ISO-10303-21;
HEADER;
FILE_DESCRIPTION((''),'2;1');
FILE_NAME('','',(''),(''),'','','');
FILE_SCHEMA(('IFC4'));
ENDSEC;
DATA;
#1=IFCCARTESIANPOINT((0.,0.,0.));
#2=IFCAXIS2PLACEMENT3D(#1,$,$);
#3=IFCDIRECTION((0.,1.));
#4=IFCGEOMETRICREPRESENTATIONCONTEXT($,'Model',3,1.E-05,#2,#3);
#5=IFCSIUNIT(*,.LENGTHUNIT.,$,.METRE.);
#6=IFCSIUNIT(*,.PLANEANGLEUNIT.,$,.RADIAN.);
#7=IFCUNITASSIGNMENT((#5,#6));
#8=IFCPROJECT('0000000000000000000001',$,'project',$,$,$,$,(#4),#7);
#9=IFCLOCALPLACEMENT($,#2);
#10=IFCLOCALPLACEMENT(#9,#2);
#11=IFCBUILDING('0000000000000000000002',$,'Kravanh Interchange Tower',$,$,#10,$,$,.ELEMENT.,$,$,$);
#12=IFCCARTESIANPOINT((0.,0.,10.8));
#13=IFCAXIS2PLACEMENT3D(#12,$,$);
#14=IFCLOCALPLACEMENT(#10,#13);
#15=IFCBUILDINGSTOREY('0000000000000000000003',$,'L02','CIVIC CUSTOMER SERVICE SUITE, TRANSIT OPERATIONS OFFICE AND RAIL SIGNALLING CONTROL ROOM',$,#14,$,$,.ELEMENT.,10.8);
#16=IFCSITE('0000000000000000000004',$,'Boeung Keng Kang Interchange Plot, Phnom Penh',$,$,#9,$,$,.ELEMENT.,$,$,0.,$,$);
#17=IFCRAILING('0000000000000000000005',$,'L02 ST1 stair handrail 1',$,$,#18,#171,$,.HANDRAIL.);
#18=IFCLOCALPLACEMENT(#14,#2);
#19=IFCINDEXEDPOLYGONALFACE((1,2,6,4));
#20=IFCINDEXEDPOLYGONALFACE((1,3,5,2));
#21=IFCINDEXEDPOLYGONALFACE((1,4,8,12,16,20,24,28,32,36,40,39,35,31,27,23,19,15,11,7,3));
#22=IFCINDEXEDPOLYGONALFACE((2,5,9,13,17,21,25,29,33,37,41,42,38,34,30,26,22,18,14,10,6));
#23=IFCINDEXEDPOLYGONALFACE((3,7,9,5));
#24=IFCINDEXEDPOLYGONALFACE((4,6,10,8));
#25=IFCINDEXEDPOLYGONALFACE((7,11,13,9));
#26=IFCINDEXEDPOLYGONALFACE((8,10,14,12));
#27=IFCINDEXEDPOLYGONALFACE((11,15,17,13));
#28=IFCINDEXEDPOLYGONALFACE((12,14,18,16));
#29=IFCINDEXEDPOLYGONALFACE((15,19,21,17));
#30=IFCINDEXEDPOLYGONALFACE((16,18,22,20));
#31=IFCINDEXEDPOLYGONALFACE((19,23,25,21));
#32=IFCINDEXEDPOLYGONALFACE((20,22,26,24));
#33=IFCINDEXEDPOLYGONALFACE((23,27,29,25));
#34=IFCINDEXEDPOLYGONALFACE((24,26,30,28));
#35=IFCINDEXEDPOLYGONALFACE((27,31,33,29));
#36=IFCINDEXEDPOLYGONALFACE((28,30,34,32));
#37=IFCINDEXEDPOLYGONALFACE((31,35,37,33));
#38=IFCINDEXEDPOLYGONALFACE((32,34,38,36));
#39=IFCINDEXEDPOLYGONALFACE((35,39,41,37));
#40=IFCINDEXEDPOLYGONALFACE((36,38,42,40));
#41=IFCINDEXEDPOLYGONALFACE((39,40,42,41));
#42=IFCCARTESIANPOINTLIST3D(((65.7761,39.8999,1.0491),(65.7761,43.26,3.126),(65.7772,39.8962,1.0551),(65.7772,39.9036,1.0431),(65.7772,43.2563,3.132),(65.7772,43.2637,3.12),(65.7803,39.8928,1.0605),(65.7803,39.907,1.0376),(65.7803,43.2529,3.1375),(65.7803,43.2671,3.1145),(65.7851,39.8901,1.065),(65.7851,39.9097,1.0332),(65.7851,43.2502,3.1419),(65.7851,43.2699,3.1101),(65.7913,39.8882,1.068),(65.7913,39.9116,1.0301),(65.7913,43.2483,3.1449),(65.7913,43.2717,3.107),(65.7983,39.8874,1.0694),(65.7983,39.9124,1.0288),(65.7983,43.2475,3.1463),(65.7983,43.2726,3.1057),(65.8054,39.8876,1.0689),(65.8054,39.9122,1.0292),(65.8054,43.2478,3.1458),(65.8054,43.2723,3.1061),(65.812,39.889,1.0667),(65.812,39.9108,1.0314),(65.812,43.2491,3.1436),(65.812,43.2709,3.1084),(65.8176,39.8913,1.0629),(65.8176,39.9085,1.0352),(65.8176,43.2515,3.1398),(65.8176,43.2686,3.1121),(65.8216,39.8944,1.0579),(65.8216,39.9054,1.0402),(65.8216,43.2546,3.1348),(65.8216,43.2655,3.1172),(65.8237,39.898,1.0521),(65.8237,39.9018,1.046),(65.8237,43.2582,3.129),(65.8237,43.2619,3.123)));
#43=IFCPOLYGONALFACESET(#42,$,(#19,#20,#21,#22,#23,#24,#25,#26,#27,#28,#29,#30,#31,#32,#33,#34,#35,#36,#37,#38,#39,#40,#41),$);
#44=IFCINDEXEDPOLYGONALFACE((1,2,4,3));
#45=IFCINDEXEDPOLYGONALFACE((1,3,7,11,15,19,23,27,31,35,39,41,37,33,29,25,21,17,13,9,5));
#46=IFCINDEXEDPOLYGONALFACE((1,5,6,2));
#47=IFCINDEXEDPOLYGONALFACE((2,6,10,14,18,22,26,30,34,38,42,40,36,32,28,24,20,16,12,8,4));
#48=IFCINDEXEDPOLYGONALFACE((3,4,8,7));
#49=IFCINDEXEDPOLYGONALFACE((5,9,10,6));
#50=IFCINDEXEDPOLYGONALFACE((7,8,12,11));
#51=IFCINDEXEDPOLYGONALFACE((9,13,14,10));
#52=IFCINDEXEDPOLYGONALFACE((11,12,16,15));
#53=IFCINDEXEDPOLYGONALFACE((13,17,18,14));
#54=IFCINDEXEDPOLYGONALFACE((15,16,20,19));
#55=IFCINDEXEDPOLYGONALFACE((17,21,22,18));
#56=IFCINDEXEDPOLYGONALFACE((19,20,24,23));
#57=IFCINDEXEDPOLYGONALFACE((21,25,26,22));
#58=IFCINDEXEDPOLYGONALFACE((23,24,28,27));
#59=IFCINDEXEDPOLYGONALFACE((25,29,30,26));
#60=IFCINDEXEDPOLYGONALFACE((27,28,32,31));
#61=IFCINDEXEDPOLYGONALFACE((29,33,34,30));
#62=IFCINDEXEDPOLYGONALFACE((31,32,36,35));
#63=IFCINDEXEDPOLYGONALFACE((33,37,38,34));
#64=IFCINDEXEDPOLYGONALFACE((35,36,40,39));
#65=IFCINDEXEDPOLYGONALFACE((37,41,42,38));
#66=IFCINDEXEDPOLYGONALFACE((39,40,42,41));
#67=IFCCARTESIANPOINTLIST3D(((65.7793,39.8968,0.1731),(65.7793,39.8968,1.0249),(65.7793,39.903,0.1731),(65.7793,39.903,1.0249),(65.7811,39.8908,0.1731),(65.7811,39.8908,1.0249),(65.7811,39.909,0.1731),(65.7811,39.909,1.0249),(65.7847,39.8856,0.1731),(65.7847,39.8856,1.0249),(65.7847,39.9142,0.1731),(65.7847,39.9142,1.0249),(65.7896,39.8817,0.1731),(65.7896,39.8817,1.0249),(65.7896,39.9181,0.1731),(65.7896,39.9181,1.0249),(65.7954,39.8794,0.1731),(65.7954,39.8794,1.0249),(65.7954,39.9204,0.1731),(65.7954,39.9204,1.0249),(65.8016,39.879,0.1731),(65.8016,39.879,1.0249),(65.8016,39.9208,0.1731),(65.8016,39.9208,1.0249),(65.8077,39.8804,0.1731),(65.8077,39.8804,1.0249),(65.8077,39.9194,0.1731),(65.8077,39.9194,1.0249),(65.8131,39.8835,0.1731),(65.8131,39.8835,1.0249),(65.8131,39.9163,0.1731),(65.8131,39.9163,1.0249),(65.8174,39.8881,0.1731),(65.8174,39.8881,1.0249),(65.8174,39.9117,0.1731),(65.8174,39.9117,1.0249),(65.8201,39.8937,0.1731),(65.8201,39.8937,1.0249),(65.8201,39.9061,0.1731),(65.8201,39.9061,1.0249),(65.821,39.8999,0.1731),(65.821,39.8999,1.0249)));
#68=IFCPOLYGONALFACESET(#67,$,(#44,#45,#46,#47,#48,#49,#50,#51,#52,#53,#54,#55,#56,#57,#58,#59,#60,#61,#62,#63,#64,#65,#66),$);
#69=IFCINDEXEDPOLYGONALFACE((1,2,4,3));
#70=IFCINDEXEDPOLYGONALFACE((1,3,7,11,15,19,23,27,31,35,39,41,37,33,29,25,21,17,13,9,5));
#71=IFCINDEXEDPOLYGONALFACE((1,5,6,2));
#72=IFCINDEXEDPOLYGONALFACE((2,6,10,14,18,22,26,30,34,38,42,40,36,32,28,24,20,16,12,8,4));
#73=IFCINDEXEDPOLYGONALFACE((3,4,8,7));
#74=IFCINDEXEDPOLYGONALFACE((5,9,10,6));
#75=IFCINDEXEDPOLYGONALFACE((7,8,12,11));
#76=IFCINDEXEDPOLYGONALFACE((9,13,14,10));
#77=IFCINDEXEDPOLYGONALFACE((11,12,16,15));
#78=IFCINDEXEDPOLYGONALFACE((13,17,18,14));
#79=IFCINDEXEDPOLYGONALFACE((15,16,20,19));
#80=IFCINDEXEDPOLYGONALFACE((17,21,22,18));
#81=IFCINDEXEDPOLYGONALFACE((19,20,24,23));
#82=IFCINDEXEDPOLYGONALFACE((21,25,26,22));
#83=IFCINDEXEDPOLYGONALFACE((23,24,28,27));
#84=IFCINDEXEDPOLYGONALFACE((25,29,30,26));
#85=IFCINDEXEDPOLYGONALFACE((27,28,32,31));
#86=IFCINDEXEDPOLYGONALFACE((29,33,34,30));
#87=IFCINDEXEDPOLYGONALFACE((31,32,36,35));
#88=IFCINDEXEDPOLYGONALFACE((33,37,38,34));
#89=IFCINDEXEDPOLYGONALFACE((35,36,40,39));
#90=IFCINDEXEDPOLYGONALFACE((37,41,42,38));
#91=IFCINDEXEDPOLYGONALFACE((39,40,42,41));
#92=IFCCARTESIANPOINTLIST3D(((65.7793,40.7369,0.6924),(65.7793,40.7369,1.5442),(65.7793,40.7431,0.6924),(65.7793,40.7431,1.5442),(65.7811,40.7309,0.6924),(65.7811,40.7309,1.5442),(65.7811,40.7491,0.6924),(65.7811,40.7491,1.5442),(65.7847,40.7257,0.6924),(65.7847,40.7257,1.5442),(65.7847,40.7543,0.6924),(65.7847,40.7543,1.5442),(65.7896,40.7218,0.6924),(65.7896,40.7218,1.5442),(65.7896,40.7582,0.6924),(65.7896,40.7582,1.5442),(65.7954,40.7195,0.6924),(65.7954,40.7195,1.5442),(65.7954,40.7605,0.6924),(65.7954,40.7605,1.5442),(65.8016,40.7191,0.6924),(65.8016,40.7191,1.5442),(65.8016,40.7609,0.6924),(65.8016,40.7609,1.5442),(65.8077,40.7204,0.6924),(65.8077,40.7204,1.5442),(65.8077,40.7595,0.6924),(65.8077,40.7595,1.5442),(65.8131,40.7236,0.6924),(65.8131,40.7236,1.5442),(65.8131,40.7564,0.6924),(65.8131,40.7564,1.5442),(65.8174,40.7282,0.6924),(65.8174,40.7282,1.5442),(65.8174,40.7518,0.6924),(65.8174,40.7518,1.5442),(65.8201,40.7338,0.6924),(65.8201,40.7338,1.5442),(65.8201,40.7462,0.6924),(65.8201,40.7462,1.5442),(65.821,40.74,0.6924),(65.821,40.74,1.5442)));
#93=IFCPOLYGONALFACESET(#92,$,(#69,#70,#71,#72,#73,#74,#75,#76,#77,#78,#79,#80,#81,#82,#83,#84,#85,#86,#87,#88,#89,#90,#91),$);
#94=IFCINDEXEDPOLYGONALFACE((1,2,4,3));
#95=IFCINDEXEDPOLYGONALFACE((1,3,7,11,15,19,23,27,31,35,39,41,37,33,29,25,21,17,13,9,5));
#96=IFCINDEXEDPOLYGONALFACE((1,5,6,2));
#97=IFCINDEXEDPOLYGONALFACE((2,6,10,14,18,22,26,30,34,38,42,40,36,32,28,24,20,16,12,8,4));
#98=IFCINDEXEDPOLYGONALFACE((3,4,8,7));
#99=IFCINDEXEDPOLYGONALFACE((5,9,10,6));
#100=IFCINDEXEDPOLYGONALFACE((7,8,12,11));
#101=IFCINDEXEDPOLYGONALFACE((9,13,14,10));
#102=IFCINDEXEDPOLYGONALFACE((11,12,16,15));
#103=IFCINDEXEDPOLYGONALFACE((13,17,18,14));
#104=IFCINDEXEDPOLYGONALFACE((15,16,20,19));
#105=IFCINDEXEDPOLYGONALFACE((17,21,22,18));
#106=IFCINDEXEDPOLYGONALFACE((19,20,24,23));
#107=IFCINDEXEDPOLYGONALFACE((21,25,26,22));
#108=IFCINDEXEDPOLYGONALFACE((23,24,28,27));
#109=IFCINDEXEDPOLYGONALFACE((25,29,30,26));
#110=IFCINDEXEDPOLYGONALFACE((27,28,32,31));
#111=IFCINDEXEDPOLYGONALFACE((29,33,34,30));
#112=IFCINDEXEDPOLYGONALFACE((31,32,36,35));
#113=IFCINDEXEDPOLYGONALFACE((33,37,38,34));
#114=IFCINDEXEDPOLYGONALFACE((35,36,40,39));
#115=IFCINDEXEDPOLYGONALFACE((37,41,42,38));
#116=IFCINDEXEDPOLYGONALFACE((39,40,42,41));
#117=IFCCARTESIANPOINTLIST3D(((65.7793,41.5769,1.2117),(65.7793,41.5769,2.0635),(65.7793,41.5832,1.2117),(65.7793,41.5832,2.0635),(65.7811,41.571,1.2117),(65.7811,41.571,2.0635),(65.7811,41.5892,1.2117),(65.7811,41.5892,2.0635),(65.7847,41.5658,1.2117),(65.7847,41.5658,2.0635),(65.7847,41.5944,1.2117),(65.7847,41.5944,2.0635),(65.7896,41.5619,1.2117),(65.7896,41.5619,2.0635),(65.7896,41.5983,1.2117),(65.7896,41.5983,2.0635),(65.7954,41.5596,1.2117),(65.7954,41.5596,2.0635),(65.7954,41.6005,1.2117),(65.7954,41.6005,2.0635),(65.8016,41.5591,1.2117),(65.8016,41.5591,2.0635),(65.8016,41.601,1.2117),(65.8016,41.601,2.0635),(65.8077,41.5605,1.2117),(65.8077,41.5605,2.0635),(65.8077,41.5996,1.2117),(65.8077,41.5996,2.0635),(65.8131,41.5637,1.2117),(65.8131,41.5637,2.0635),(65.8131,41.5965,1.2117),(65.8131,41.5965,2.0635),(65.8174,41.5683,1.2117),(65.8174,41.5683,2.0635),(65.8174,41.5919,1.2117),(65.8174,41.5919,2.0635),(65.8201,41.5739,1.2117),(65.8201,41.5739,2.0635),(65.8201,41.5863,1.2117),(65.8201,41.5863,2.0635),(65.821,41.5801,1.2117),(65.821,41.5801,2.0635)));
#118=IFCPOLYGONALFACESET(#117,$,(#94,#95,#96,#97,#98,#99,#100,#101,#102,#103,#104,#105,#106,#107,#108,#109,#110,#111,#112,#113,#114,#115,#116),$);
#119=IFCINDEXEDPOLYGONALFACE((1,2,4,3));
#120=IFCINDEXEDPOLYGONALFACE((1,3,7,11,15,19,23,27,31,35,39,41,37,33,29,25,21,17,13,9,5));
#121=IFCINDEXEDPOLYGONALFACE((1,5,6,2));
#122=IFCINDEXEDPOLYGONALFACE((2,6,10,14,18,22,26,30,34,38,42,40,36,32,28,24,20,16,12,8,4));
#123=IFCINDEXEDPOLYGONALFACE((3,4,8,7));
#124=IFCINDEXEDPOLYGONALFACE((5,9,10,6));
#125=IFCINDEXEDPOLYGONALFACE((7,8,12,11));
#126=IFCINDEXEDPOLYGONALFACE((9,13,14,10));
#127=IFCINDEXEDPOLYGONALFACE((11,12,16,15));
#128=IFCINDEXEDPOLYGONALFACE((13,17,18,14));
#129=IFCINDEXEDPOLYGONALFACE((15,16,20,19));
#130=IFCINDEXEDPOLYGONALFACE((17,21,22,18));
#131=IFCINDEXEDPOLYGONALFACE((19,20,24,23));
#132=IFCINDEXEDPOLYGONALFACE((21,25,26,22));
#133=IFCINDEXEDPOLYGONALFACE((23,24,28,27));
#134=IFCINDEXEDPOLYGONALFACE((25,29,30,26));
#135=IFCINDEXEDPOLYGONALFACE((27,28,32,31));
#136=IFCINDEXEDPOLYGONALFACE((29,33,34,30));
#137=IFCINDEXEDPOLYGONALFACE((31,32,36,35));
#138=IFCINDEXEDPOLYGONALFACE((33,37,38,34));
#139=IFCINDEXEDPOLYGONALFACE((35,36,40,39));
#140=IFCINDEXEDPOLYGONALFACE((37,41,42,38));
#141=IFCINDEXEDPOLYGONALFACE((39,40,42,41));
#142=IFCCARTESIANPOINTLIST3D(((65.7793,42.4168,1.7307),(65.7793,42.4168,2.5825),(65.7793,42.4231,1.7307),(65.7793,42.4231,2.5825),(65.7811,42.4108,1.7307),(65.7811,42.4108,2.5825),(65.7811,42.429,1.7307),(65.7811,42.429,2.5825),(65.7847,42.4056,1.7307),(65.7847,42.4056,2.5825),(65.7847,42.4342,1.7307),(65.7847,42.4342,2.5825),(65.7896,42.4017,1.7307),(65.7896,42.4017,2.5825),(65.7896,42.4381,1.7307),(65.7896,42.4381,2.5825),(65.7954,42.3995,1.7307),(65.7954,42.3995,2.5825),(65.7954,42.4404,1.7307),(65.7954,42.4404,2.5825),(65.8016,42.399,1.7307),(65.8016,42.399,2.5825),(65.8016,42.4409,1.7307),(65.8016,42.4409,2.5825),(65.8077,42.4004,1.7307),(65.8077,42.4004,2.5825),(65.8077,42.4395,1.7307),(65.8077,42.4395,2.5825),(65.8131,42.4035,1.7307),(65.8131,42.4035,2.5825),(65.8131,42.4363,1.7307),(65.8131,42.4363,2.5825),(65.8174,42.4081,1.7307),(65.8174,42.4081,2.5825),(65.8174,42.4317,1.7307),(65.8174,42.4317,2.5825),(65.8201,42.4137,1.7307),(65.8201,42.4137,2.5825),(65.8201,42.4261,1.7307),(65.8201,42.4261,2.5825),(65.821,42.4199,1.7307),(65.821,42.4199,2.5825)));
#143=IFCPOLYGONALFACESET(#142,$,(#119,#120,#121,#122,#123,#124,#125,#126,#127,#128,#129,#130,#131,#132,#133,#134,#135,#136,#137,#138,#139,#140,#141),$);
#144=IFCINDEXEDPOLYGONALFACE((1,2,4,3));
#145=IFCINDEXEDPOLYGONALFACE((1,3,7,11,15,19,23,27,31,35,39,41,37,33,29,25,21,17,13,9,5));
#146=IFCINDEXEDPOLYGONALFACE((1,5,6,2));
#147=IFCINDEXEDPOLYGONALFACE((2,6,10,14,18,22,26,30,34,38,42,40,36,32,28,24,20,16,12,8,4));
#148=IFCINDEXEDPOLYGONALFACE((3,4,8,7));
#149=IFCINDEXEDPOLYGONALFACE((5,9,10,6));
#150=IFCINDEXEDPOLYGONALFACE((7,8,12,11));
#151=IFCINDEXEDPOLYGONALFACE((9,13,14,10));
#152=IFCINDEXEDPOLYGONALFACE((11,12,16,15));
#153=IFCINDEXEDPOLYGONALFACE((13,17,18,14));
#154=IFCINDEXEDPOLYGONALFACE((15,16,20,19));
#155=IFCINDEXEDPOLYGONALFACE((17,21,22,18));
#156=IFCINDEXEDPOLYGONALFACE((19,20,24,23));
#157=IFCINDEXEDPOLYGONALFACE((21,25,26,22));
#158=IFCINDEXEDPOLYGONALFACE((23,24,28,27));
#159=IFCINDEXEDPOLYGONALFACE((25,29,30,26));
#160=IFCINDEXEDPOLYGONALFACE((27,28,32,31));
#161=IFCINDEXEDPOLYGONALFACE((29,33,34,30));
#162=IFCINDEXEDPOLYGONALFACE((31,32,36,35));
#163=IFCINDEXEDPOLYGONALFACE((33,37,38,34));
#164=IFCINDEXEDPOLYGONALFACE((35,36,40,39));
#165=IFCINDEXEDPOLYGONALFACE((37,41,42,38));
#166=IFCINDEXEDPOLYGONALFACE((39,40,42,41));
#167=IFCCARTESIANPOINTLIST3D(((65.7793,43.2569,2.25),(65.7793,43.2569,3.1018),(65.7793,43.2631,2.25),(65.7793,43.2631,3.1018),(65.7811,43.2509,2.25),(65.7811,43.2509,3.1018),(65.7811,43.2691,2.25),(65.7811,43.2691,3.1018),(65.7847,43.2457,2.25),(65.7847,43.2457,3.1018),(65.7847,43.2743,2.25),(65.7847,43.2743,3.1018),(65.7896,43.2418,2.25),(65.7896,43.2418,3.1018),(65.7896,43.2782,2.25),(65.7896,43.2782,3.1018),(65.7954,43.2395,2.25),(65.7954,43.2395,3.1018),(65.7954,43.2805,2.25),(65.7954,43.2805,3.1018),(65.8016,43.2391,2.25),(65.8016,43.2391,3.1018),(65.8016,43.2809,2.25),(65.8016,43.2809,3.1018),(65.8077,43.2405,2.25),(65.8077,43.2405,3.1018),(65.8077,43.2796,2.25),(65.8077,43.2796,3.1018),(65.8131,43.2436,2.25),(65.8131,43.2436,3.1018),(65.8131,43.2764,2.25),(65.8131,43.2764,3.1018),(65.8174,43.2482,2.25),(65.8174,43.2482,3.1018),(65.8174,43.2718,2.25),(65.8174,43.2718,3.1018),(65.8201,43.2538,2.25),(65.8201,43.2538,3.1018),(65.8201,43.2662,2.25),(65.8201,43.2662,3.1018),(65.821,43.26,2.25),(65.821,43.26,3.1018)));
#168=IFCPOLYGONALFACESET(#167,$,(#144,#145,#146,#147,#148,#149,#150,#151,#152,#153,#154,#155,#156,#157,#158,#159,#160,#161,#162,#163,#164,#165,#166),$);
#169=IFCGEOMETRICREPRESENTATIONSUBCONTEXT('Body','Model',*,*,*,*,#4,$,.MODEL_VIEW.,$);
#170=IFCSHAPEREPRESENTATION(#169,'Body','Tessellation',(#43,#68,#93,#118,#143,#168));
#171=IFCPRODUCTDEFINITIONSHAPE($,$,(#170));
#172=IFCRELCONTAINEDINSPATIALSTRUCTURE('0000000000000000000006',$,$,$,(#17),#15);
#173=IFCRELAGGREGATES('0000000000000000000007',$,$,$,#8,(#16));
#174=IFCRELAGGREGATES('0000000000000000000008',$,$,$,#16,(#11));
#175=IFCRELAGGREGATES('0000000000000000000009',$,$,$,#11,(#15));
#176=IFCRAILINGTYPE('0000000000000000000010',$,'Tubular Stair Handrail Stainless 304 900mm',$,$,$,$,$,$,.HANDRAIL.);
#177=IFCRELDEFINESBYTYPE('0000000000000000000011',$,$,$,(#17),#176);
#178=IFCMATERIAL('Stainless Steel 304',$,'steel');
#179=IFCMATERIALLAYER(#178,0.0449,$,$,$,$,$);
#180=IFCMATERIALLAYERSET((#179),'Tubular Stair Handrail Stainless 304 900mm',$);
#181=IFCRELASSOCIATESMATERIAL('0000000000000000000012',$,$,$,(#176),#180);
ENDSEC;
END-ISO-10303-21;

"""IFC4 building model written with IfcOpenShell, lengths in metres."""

from ifc_helpers import new_model, si_unit, direction, frame, origin, origin_2d, place, context, subcontext, project, spatial, circle, extrude, material, layer, layer_set, type_object, element, save


model = new_model("IFC4")

# Units and contexts
model_context = context("Model", 3, precision=1e-05, world=origin(), true_north=direction((0.0, 1.0)))
body_context = subcontext(model_context, "Body", "Model", "MODEL_VIEW")
ifc_project = project(units=[si_unit("LENGTHUNIT", "METRE"), si_unit("PLANEANGLEUNIT", "RADIAN")], contexts=[model_context])

# Site, building, storey
site_placement = place(None, origin())
site = spatial("IfcSite", under=ifc_project, at=site_placement, Name="Boeung Keng Kang Interchange Plot, Phnom Penh", CompositionType="ELEMENT", RefElevation=0.0)
building_placement = place(site_placement, origin())
building = spatial("IfcBuilding", under=site, at=building_placement, Name="Kravanh Interchange Tower", CompositionType="ELEMENT")
storey_placement = place(building_placement, frame((0.0, 0.0, 10.8)))
storey = spatial("IfcBuildingStorey", under=building, at=storey_placement, Name="L02", Description="CIVIC CUSTOMER SERVICE SUITE, TRANSIT OPERATIONS OFFICE AND RAIL SIGNALLING CONTROL ROOM", CompositionType="ELEMENT", Elevation=10.8)

# Railing
ifc_material_1 = material(Name="Stainless Steel 304", Category="steel")
ifc_layer_1 = layer(ifc_material_1, 0.0449)
ifc_layer_set_1 = layer_set([ifc_layer_1], Name="Tubular Stair Handrail Stainless 304 900mm")
railing_type_1 = type_object("IfcRailingType", Name="Tubular Stair Handrail Stainless 304 900mm", PredefinedType="HANDRAIL", material=ifc_layer_set_1)
railing_1_placement = place(storey_placement, frame((65.8, 39.8999, 0.1731)))
element("IfcRailing", 1, at=railing_1_placement, inside=storey, type_object=railing_type_1, Name="L02 ST1 stair handrail 1", PredefinedType="HANDRAIL", context=body_context, shape_type="SweptSolid", body=[
    extrude(circle(Radius=0.0239, at=origin_2d()), frame((0.0, 0.0, 0.876), z_axis=(0.0, 0.850623, 0.525776), x_axis=(-1.0, 0.0, 0.0)), (0.0, 0.0, 1.0), 3.9502),
    extrude(circle(Radius=0.021, at=origin_2d()), origin(), (0.0, 0.0, 1.0), 0.8518),
    extrude(circle(Radius=0.021, at=origin_2d()), frame((0.0, 0.8401, 0.5193)), (0.0, 0.0, 1.0), 0.8518),
    extrude(circle(Radius=0.021, at=origin_2d()), frame((0.0, 1.6802, 1.0386)), (0.0, 0.0, 1.0), 0.8518),
    extrude(circle(Radius=0.021, at=origin_2d()), frame((0.0, 2.52, 1.5576)), (0.0, 0.0, 1.0), 0.8518),
    extrude(circle(Radius=0.021, at=origin_2d()), frame((0.0, 3.3601, 2.0769)), (0.0, 0.0, 1.0), 0.8518),
])

save(model, "model.ifc")
